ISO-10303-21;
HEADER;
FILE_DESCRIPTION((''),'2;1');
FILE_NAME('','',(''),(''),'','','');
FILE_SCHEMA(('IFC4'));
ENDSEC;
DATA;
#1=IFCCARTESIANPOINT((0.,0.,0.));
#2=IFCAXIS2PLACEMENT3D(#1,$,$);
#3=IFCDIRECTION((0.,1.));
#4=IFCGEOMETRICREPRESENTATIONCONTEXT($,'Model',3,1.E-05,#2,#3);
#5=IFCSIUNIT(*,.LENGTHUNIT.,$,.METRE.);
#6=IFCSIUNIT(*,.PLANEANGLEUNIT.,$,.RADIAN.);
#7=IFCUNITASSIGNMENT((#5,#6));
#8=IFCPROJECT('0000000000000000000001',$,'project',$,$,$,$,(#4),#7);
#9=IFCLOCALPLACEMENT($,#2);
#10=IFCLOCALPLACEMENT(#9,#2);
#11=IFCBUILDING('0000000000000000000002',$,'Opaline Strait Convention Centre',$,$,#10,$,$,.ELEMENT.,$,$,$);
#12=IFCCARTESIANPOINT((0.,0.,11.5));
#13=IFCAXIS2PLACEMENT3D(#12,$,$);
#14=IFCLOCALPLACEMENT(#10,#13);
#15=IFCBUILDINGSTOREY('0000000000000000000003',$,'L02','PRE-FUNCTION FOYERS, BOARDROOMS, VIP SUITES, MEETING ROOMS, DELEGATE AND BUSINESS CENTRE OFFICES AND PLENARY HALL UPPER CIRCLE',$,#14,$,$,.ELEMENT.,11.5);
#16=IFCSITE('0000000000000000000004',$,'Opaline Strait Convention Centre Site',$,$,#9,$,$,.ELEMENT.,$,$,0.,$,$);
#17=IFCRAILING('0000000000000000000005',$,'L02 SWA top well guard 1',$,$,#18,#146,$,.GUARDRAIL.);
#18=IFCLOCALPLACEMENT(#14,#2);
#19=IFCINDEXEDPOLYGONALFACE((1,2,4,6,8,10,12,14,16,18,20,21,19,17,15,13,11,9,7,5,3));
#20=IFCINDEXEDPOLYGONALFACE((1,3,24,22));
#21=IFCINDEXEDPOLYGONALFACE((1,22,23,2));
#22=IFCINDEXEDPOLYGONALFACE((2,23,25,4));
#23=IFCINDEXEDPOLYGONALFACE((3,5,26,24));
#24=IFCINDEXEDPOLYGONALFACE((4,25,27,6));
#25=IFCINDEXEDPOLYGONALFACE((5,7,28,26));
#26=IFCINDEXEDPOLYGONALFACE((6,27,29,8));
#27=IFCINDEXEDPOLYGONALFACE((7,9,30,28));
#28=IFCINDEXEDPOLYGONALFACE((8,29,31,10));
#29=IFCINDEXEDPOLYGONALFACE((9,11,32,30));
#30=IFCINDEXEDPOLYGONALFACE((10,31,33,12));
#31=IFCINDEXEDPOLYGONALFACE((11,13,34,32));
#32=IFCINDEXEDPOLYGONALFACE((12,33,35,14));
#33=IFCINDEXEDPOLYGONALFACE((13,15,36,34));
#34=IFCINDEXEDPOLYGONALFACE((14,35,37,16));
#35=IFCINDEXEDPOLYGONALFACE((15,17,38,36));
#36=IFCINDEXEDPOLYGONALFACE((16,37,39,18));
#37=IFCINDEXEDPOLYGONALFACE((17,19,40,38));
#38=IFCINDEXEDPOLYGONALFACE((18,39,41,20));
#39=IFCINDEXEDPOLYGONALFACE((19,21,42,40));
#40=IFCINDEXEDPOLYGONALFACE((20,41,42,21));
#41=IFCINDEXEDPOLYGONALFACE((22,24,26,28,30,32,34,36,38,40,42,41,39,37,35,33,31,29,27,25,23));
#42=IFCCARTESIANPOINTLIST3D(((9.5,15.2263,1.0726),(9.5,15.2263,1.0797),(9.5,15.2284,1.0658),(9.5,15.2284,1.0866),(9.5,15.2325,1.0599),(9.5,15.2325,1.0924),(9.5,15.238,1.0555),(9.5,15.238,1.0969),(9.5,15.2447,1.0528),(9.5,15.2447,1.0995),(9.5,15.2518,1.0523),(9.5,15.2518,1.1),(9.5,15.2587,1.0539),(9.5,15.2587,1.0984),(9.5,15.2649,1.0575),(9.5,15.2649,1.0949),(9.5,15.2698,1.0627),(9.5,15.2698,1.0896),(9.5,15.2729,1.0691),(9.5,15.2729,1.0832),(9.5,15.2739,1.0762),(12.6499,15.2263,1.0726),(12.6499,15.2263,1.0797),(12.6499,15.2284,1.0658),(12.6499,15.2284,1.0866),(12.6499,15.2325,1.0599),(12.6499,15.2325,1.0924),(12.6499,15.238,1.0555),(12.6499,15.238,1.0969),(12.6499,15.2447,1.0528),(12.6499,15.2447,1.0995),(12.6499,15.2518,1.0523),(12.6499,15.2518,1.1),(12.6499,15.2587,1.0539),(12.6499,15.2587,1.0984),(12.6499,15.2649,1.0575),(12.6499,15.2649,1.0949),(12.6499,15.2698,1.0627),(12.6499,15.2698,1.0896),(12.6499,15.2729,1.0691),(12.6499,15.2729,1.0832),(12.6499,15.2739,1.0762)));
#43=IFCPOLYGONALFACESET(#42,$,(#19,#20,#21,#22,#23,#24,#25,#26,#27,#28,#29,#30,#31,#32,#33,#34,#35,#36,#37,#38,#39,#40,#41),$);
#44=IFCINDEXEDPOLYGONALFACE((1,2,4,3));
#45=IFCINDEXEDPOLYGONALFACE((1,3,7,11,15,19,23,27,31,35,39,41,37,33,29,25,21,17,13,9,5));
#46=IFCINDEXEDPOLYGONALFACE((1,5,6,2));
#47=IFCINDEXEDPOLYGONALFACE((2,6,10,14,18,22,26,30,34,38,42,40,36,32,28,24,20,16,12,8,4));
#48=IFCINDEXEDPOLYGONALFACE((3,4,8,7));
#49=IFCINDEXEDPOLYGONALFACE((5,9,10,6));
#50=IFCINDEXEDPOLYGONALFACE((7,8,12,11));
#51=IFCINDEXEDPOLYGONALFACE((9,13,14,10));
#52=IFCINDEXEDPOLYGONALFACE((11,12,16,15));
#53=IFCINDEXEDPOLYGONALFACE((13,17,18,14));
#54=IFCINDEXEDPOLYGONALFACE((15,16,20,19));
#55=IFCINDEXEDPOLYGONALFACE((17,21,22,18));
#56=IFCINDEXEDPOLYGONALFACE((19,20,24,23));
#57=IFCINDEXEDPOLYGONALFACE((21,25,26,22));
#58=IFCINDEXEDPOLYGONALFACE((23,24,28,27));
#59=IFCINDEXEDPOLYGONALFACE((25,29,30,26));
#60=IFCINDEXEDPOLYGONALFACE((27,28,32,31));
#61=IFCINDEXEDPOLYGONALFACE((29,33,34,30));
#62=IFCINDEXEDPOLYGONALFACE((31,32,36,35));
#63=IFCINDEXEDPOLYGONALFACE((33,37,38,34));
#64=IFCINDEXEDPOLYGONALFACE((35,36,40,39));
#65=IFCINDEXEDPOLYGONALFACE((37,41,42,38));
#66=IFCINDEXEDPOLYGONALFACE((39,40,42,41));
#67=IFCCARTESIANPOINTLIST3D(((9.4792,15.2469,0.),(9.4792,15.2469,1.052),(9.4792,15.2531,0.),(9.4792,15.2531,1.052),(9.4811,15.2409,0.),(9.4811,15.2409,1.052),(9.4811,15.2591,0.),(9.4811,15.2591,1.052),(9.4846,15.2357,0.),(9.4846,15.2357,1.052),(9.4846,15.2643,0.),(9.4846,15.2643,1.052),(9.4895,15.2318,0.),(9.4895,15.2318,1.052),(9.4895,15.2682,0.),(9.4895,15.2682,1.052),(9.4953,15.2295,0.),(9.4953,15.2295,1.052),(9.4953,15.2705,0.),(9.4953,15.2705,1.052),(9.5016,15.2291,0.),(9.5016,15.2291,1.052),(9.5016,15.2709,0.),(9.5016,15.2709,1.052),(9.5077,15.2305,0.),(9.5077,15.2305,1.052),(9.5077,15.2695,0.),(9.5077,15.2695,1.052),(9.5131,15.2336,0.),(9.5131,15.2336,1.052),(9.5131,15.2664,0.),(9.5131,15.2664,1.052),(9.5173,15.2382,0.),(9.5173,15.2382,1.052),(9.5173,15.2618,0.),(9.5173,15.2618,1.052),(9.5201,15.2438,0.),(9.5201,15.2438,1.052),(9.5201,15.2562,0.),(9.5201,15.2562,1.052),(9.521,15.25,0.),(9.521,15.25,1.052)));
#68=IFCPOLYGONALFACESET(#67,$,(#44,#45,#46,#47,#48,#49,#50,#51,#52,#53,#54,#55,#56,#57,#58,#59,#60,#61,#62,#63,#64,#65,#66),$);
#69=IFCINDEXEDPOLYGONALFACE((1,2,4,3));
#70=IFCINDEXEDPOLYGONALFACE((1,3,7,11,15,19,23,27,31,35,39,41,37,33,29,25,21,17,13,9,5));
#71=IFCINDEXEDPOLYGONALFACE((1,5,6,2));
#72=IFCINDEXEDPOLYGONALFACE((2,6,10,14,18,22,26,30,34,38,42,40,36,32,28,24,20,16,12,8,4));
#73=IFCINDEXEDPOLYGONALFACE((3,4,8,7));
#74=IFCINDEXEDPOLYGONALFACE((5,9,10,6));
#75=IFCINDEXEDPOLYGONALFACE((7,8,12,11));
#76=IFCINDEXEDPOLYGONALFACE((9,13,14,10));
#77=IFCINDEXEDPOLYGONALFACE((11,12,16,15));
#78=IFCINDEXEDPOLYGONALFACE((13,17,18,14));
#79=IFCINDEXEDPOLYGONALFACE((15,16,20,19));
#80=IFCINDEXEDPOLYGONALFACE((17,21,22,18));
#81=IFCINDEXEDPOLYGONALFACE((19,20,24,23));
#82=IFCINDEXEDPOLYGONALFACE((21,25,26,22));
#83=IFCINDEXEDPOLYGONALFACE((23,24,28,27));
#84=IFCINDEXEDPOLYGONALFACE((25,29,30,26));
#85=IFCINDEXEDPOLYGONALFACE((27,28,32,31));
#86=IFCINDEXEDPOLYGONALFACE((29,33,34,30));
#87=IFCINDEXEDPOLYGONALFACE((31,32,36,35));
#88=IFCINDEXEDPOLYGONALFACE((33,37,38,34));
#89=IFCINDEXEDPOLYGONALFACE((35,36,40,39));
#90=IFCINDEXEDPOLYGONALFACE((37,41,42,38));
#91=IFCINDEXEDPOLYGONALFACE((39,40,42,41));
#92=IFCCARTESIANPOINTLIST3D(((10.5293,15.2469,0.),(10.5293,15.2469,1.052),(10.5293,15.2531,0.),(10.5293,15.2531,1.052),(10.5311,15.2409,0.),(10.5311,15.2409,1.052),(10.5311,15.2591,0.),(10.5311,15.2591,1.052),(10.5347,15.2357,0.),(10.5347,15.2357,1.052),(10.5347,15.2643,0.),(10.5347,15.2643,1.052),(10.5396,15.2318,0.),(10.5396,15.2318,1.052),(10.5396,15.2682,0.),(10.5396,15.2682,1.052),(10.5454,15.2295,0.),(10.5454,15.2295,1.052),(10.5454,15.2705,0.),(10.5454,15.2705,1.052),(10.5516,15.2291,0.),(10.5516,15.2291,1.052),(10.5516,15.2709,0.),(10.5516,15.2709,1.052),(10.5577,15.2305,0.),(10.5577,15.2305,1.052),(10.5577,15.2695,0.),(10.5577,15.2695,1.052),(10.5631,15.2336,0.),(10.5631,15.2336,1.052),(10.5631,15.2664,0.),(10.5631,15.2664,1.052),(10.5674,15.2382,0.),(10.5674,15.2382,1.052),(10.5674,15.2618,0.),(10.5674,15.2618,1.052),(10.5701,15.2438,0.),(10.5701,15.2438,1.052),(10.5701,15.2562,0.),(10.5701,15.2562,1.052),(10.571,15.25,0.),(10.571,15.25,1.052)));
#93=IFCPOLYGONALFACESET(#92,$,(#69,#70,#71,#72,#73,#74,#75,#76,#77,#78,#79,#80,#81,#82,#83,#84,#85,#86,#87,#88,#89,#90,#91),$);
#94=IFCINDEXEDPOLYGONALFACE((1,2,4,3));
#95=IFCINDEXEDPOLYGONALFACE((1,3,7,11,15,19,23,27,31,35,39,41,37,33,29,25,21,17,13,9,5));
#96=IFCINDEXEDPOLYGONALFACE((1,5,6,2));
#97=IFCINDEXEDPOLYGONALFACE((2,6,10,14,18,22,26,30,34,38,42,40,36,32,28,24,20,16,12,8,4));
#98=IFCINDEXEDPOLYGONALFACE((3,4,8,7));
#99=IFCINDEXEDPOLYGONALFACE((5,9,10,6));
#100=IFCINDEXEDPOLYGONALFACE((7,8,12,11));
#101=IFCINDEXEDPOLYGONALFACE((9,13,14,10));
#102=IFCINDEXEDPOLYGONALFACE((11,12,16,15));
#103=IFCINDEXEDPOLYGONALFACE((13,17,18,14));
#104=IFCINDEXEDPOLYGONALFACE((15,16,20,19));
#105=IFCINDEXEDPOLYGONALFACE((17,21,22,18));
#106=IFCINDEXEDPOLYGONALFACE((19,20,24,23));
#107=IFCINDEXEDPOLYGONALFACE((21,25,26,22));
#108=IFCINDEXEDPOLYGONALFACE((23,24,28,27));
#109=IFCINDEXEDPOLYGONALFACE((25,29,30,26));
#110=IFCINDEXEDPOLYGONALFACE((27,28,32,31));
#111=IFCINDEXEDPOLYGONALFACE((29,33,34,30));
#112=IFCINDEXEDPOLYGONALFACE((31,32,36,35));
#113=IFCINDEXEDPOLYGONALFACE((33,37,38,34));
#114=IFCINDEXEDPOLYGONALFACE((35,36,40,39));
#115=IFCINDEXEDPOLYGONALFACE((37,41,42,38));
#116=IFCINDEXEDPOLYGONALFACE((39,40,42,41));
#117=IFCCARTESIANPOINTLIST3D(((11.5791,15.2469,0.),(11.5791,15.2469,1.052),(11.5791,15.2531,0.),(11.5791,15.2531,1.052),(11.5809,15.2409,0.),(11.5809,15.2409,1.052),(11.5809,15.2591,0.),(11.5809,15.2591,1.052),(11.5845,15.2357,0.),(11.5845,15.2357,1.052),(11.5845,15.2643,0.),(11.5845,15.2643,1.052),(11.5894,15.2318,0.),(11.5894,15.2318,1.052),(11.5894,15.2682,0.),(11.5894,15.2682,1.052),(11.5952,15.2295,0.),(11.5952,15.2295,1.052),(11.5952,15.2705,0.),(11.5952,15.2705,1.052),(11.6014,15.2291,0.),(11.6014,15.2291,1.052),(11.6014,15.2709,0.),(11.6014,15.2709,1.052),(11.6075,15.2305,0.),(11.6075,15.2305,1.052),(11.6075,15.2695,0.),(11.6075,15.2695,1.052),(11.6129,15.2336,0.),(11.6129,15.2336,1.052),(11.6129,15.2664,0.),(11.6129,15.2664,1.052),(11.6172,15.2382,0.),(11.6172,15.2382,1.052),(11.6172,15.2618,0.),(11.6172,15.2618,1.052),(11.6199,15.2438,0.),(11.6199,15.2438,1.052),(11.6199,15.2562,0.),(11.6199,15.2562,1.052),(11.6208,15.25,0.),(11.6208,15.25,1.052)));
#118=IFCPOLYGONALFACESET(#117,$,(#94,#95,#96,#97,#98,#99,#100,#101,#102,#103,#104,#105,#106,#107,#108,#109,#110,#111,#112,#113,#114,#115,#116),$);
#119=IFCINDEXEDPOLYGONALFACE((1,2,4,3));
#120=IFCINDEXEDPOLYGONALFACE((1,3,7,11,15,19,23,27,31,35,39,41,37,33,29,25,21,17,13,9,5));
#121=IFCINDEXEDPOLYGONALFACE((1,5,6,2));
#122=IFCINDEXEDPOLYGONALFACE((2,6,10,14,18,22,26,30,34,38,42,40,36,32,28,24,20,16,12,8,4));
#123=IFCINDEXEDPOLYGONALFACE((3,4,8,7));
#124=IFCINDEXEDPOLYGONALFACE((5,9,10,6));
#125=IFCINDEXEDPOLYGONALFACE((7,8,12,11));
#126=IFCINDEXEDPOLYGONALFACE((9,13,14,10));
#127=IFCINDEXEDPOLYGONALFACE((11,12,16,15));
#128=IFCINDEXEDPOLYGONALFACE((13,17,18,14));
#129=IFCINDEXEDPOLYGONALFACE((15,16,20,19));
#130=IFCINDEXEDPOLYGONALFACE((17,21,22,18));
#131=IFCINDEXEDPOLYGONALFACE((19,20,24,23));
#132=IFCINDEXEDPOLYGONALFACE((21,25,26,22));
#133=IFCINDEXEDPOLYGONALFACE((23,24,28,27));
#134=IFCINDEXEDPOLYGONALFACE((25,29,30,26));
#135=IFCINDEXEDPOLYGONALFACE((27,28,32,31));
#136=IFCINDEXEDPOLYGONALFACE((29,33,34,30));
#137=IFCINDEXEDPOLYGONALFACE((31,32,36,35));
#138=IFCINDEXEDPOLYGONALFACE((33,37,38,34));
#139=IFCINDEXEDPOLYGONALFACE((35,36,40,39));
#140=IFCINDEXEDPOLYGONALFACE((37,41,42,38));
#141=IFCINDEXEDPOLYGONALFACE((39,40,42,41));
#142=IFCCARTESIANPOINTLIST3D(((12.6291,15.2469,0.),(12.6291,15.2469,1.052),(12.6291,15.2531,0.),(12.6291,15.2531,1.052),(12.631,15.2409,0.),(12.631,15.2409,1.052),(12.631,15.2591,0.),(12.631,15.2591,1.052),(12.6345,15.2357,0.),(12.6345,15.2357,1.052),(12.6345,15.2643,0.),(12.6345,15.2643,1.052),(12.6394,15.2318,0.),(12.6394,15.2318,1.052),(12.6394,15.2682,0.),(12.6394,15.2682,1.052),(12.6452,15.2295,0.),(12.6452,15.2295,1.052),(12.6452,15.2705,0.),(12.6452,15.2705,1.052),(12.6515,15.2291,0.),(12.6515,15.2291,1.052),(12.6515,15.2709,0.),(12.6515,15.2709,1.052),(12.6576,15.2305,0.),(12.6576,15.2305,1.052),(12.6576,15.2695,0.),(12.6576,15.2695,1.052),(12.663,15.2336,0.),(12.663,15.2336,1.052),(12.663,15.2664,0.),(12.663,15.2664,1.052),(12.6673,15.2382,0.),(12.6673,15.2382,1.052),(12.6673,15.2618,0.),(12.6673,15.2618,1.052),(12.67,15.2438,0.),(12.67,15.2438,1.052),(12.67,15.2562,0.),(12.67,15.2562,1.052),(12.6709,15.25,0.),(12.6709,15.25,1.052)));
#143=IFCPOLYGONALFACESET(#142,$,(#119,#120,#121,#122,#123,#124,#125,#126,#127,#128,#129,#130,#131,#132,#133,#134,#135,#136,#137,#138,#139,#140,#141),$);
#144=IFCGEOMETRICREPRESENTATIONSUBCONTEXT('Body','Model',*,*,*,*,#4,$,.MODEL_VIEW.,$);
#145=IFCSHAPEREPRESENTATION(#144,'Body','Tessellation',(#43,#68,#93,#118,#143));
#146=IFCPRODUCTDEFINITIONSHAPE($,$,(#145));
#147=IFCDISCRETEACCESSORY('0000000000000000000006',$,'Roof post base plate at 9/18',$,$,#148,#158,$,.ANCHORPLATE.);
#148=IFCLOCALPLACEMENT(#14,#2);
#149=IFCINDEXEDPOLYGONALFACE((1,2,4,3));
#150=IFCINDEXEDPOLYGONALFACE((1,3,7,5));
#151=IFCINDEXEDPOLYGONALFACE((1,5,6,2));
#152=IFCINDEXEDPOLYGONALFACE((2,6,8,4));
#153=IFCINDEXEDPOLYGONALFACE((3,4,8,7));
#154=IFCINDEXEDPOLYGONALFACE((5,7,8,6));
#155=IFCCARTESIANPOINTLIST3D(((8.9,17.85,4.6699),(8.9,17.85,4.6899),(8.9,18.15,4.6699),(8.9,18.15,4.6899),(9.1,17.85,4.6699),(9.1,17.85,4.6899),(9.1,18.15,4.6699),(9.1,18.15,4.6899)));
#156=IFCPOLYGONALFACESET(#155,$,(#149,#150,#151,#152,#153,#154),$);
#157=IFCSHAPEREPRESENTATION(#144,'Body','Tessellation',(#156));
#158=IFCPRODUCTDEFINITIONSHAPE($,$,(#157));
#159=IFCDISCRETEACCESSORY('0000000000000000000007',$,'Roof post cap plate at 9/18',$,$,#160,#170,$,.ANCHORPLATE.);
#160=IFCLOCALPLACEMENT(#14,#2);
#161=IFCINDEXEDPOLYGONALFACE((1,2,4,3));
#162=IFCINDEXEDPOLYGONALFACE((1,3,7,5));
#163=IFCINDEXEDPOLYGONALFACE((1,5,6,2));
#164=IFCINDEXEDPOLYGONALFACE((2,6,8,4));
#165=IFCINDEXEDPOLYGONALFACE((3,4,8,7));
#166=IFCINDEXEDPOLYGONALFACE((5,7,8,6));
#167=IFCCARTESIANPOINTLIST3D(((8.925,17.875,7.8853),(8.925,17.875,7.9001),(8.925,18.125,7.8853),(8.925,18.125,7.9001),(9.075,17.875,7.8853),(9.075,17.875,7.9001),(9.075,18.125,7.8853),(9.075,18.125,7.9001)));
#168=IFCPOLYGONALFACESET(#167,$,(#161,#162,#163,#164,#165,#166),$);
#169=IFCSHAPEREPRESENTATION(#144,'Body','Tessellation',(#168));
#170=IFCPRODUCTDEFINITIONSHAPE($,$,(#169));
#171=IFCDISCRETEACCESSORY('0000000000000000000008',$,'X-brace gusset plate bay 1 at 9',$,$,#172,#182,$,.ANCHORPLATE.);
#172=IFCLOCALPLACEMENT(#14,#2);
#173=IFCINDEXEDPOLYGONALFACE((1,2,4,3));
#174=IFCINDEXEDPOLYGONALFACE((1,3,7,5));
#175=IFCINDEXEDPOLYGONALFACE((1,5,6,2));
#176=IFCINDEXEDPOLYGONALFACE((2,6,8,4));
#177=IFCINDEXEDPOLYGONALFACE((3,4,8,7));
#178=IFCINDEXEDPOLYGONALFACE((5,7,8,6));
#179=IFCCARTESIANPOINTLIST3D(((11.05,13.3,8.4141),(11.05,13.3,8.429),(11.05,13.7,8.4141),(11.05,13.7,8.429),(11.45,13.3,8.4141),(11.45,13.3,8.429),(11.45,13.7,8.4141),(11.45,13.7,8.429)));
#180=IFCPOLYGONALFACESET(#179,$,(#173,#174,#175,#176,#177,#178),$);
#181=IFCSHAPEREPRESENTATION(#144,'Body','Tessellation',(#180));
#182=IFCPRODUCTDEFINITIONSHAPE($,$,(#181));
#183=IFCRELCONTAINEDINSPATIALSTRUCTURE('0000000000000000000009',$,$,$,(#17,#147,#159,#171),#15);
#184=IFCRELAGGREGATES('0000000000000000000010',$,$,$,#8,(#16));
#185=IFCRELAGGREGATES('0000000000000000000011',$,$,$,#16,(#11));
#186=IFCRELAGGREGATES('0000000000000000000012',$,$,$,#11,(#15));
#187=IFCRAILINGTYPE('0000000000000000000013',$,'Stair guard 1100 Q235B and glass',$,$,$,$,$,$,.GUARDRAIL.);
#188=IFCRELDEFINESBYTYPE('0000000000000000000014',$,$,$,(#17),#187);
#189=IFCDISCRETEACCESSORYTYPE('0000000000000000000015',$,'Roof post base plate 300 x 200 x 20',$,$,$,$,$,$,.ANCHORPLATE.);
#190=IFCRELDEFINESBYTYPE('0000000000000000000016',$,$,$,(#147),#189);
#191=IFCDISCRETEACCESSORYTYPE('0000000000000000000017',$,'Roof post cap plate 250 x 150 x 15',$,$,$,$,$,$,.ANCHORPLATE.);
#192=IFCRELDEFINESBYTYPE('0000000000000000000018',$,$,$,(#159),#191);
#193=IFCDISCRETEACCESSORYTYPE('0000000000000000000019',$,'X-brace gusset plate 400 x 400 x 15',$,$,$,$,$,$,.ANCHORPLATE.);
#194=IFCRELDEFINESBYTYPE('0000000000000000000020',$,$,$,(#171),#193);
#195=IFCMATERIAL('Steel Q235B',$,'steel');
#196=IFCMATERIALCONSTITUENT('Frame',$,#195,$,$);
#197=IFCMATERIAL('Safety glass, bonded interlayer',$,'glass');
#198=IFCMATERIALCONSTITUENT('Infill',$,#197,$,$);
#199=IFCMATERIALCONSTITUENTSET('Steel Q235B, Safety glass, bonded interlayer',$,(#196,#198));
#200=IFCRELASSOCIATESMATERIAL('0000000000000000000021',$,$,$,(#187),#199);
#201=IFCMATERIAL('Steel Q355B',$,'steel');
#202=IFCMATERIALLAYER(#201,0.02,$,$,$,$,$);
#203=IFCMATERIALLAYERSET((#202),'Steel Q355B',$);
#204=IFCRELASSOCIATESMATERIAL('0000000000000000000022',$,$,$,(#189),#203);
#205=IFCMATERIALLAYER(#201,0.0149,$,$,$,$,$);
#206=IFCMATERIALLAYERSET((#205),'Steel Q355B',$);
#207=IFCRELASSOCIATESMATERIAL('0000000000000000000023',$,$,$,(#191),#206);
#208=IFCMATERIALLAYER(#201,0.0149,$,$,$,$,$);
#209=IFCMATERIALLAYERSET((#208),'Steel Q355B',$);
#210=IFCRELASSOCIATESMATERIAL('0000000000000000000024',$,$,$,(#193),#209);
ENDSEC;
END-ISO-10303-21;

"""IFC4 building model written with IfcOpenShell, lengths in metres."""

from ifc_helpers import new_model, si_unit, direction, frame, origin, origin_2d, place, context, subcontext, project, spatial, rectangle, circle, extrude, material, layer, layer_set, constituent, constituent_set, type_object, element, save


model = new_model("IFC4")

# Units and contexts
model_context = context("Model", 3, precision=1e-05, world=origin(), true_north=direction((0.0, 1.0)))
body_context = subcontext(model_context, "Body", "Model", "MODEL_VIEW")
ifc_project = project(units=[si_unit("LENGTHUNIT", "METRE"), si_unit("PLANEANGLEUNIT", "RADIAN")], contexts=[model_context])

# Site, building, storey
site_placement = place(None, origin())
site = spatial("IfcSite", under=ifc_project, at=site_placement, Name="Opaline Strait Convention Centre Site", CompositionType="ELEMENT", RefElevation=0.0)
building_placement = place(site_placement, origin())
building = spatial("IfcBuilding", under=site, at=building_placement, Name="Opaline Strait Convention Centre", CompositionType="ELEMENT")
storey_placement = place(building_placement, frame((0.0, 0.0, 11.5)))
storey = spatial("IfcBuildingStorey", under=building, at=storey_placement, Name="L02", Description="PRE-FUNCTION FOYERS, BOARDROOMS, VIP SUITES, MEETING ROOMS, DELEGATE AND BUSINESS CENTRE OFFICES AND PLENARY HALL UPPER CIRCLE", CompositionType="ELEMENT", Elevation=11.5)

# Shared definitions
ifc_material_1 = material(Name="Steel Q355B", Category="steel")

# Railing
ifc_material_2 = material(Name="Steel Q235B", Category="steel")
ifc_constituent_1 = constituent(ifc_material_2, Name="Frame")
ifc_material_3 = material(Name="Safety glass, bonded interlayer", Category="glass")
ifc_constituent_2 = constituent(ifc_material_3, Name="Infill")
ifc_constituent_set = constituent_set(constituents=[ifc_constituent_1, ifc_constituent_2], Name="Steel Q235B, Safety glass, bonded interlayer")
railing_type = type_object("IfcRailingType", Name="Stair guard 1100 Q235B and glass", PredefinedType="GUARDRAIL", material=ifc_constituent_set)
railing_placement = place(storey_placement, frame((9.5, 15.25, 0.0)))
element("IfcRailing", 1, at=railing_placement, inside=storey, type_object=railing_type, Name="L02 SWA top well guard 1", PredefinedType="GUARDRAIL", context=body_context, shape_type="SweptSolid", body=[
    extrude(circle(Radius=0.0239, at=origin_2d()), frame((0.0, 0.0, 1.0762), z_axis=(1.0, 0.0, 0.0), x_axis=(0.0, 1.0, 0.0)), (0.0, 0.0, 1.0), 3.1499),
    extrude(circle(Radius=0.021, at=origin_2d()), origin(), (0.0, 0.0, 1.0), 1.052),
    extrude(circle(Radius=0.021, at=origin_2d()), frame((1.05, 0.0, 0.0)), (0.0, 0.0, 1.0), 1.052),
    extrude(circle(Radius=0.021, at=origin_2d()), frame((2.0999, 0.0, 0.0)), (0.0, 0.0, 1.0), 1.052),
    extrude(circle(Radius=0.021, at=origin_2d()), frame((3.1499, 0.0, 0.0)), (0.0, 0.0, 1.0), 1.052),
])

# Discrete accessories
ifc_layer_1 = layer(ifc_material_1, 0.02)
ifc_layer_set_1 = layer_set([ifc_layer_1], Name="Steel Q355B")
discrete_accessory_type_1 = type_object("IfcDiscreteAccessoryType", Name="Roof post base plate 300 x 200 x 20", PredefinedType="ANCHORPLATE", material=ifc_layer_set_1)
discrete_accessory_1_placement = place(storey_placement, frame((9.0, 18.0, 4.6699), z_axis=(0.0, 0.0, 1.0), x_axis=(1.0, 0.0, 0.0)))
element("IfcDiscreteAccessory", 2, at=discrete_accessory_1_placement, inside=storey, type_object=discrete_accessory_type_1, Name="Roof post base plate at 9/18", PredefinedType="ANCHORPLATE", context=body_context, shape_type="SweptSolid", body=[
    extrude(rectangle(XDim=0.2, YDim=0.3, at=origin_2d()), origin(), (0.0, 0.0, 1.0), 0.02),
])
ifc_layer_2 = layer(ifc_material_1, 0.0149)
ifc_layer_set_2 = layer_set([ifc_layer_2], Name="Steel Q355B")
discrete_accessory_type_2 = type_object("IfcDiscreteAccessoryType", Name="Roof post cap plate 250 x 150 x 15", PredefinedType="ANCHORPLATE", material=ifc_layer_set_2)
discrete_accessory_2_placement = place(storey_placement, frame((9.0, 18.0, 7.8853), z_axis=(0.0, 0.0, 1.0), x_axis=(1.0, 0.0, 0.0)))
element("IfcDiscreteAccessory", 3, at=discrete_accessory_2_placement, inside=storey, type_object=discrete_accessory_type_2, Name="Roof post cap plate at 9/18", PredefinedType="ANCHORPLATE", context=body_context, shape_type="SweptSolid", body=[
    extrude(rectangle(XDim=0.1499, YDim=0.25, at=origin_2d()), origin(), (0.0, 0.0, 1.0), 0.0149),
])
ifc_layer_3 = layer(ifc_material_1, 0.0149)
ifc_layer_set_3 = layer_set([ifc_layer_3], Name="Steel Q355B")
discrete_accessory_type_3 = type_object("IfcDiscreteAccessoryType", Name="X-brace gusset plate 400 x 400 x 15", PredefinedType="ANCHORPLATE", material=ifc_layer_set_3)
discrete_accessory_3_placement = place(storey_placement, frame((11.25, 13.5, 8.4141), z_axis=(0.0, 0.0, 1.0), x_axis=(1.0, 0.0, 0.0)))
element("IfcDiscreteAccessory", 4, at=discrete_accessory_3_placement, inside=storey, type_object=discrete_accessory_type_3, Name="X-brace gusset plate bay 1 at 9", PredefinedType="ANCHORPLATE", context=body_context, shape_type="SweptSolid", body=[
    extrude(rectangle(XDim=0.3999, YDim=0.3999, at=origin_2d()), origin(), (0.0, 0.0, 1.0), 0.0149),
])

save(model, "model.ifc")
